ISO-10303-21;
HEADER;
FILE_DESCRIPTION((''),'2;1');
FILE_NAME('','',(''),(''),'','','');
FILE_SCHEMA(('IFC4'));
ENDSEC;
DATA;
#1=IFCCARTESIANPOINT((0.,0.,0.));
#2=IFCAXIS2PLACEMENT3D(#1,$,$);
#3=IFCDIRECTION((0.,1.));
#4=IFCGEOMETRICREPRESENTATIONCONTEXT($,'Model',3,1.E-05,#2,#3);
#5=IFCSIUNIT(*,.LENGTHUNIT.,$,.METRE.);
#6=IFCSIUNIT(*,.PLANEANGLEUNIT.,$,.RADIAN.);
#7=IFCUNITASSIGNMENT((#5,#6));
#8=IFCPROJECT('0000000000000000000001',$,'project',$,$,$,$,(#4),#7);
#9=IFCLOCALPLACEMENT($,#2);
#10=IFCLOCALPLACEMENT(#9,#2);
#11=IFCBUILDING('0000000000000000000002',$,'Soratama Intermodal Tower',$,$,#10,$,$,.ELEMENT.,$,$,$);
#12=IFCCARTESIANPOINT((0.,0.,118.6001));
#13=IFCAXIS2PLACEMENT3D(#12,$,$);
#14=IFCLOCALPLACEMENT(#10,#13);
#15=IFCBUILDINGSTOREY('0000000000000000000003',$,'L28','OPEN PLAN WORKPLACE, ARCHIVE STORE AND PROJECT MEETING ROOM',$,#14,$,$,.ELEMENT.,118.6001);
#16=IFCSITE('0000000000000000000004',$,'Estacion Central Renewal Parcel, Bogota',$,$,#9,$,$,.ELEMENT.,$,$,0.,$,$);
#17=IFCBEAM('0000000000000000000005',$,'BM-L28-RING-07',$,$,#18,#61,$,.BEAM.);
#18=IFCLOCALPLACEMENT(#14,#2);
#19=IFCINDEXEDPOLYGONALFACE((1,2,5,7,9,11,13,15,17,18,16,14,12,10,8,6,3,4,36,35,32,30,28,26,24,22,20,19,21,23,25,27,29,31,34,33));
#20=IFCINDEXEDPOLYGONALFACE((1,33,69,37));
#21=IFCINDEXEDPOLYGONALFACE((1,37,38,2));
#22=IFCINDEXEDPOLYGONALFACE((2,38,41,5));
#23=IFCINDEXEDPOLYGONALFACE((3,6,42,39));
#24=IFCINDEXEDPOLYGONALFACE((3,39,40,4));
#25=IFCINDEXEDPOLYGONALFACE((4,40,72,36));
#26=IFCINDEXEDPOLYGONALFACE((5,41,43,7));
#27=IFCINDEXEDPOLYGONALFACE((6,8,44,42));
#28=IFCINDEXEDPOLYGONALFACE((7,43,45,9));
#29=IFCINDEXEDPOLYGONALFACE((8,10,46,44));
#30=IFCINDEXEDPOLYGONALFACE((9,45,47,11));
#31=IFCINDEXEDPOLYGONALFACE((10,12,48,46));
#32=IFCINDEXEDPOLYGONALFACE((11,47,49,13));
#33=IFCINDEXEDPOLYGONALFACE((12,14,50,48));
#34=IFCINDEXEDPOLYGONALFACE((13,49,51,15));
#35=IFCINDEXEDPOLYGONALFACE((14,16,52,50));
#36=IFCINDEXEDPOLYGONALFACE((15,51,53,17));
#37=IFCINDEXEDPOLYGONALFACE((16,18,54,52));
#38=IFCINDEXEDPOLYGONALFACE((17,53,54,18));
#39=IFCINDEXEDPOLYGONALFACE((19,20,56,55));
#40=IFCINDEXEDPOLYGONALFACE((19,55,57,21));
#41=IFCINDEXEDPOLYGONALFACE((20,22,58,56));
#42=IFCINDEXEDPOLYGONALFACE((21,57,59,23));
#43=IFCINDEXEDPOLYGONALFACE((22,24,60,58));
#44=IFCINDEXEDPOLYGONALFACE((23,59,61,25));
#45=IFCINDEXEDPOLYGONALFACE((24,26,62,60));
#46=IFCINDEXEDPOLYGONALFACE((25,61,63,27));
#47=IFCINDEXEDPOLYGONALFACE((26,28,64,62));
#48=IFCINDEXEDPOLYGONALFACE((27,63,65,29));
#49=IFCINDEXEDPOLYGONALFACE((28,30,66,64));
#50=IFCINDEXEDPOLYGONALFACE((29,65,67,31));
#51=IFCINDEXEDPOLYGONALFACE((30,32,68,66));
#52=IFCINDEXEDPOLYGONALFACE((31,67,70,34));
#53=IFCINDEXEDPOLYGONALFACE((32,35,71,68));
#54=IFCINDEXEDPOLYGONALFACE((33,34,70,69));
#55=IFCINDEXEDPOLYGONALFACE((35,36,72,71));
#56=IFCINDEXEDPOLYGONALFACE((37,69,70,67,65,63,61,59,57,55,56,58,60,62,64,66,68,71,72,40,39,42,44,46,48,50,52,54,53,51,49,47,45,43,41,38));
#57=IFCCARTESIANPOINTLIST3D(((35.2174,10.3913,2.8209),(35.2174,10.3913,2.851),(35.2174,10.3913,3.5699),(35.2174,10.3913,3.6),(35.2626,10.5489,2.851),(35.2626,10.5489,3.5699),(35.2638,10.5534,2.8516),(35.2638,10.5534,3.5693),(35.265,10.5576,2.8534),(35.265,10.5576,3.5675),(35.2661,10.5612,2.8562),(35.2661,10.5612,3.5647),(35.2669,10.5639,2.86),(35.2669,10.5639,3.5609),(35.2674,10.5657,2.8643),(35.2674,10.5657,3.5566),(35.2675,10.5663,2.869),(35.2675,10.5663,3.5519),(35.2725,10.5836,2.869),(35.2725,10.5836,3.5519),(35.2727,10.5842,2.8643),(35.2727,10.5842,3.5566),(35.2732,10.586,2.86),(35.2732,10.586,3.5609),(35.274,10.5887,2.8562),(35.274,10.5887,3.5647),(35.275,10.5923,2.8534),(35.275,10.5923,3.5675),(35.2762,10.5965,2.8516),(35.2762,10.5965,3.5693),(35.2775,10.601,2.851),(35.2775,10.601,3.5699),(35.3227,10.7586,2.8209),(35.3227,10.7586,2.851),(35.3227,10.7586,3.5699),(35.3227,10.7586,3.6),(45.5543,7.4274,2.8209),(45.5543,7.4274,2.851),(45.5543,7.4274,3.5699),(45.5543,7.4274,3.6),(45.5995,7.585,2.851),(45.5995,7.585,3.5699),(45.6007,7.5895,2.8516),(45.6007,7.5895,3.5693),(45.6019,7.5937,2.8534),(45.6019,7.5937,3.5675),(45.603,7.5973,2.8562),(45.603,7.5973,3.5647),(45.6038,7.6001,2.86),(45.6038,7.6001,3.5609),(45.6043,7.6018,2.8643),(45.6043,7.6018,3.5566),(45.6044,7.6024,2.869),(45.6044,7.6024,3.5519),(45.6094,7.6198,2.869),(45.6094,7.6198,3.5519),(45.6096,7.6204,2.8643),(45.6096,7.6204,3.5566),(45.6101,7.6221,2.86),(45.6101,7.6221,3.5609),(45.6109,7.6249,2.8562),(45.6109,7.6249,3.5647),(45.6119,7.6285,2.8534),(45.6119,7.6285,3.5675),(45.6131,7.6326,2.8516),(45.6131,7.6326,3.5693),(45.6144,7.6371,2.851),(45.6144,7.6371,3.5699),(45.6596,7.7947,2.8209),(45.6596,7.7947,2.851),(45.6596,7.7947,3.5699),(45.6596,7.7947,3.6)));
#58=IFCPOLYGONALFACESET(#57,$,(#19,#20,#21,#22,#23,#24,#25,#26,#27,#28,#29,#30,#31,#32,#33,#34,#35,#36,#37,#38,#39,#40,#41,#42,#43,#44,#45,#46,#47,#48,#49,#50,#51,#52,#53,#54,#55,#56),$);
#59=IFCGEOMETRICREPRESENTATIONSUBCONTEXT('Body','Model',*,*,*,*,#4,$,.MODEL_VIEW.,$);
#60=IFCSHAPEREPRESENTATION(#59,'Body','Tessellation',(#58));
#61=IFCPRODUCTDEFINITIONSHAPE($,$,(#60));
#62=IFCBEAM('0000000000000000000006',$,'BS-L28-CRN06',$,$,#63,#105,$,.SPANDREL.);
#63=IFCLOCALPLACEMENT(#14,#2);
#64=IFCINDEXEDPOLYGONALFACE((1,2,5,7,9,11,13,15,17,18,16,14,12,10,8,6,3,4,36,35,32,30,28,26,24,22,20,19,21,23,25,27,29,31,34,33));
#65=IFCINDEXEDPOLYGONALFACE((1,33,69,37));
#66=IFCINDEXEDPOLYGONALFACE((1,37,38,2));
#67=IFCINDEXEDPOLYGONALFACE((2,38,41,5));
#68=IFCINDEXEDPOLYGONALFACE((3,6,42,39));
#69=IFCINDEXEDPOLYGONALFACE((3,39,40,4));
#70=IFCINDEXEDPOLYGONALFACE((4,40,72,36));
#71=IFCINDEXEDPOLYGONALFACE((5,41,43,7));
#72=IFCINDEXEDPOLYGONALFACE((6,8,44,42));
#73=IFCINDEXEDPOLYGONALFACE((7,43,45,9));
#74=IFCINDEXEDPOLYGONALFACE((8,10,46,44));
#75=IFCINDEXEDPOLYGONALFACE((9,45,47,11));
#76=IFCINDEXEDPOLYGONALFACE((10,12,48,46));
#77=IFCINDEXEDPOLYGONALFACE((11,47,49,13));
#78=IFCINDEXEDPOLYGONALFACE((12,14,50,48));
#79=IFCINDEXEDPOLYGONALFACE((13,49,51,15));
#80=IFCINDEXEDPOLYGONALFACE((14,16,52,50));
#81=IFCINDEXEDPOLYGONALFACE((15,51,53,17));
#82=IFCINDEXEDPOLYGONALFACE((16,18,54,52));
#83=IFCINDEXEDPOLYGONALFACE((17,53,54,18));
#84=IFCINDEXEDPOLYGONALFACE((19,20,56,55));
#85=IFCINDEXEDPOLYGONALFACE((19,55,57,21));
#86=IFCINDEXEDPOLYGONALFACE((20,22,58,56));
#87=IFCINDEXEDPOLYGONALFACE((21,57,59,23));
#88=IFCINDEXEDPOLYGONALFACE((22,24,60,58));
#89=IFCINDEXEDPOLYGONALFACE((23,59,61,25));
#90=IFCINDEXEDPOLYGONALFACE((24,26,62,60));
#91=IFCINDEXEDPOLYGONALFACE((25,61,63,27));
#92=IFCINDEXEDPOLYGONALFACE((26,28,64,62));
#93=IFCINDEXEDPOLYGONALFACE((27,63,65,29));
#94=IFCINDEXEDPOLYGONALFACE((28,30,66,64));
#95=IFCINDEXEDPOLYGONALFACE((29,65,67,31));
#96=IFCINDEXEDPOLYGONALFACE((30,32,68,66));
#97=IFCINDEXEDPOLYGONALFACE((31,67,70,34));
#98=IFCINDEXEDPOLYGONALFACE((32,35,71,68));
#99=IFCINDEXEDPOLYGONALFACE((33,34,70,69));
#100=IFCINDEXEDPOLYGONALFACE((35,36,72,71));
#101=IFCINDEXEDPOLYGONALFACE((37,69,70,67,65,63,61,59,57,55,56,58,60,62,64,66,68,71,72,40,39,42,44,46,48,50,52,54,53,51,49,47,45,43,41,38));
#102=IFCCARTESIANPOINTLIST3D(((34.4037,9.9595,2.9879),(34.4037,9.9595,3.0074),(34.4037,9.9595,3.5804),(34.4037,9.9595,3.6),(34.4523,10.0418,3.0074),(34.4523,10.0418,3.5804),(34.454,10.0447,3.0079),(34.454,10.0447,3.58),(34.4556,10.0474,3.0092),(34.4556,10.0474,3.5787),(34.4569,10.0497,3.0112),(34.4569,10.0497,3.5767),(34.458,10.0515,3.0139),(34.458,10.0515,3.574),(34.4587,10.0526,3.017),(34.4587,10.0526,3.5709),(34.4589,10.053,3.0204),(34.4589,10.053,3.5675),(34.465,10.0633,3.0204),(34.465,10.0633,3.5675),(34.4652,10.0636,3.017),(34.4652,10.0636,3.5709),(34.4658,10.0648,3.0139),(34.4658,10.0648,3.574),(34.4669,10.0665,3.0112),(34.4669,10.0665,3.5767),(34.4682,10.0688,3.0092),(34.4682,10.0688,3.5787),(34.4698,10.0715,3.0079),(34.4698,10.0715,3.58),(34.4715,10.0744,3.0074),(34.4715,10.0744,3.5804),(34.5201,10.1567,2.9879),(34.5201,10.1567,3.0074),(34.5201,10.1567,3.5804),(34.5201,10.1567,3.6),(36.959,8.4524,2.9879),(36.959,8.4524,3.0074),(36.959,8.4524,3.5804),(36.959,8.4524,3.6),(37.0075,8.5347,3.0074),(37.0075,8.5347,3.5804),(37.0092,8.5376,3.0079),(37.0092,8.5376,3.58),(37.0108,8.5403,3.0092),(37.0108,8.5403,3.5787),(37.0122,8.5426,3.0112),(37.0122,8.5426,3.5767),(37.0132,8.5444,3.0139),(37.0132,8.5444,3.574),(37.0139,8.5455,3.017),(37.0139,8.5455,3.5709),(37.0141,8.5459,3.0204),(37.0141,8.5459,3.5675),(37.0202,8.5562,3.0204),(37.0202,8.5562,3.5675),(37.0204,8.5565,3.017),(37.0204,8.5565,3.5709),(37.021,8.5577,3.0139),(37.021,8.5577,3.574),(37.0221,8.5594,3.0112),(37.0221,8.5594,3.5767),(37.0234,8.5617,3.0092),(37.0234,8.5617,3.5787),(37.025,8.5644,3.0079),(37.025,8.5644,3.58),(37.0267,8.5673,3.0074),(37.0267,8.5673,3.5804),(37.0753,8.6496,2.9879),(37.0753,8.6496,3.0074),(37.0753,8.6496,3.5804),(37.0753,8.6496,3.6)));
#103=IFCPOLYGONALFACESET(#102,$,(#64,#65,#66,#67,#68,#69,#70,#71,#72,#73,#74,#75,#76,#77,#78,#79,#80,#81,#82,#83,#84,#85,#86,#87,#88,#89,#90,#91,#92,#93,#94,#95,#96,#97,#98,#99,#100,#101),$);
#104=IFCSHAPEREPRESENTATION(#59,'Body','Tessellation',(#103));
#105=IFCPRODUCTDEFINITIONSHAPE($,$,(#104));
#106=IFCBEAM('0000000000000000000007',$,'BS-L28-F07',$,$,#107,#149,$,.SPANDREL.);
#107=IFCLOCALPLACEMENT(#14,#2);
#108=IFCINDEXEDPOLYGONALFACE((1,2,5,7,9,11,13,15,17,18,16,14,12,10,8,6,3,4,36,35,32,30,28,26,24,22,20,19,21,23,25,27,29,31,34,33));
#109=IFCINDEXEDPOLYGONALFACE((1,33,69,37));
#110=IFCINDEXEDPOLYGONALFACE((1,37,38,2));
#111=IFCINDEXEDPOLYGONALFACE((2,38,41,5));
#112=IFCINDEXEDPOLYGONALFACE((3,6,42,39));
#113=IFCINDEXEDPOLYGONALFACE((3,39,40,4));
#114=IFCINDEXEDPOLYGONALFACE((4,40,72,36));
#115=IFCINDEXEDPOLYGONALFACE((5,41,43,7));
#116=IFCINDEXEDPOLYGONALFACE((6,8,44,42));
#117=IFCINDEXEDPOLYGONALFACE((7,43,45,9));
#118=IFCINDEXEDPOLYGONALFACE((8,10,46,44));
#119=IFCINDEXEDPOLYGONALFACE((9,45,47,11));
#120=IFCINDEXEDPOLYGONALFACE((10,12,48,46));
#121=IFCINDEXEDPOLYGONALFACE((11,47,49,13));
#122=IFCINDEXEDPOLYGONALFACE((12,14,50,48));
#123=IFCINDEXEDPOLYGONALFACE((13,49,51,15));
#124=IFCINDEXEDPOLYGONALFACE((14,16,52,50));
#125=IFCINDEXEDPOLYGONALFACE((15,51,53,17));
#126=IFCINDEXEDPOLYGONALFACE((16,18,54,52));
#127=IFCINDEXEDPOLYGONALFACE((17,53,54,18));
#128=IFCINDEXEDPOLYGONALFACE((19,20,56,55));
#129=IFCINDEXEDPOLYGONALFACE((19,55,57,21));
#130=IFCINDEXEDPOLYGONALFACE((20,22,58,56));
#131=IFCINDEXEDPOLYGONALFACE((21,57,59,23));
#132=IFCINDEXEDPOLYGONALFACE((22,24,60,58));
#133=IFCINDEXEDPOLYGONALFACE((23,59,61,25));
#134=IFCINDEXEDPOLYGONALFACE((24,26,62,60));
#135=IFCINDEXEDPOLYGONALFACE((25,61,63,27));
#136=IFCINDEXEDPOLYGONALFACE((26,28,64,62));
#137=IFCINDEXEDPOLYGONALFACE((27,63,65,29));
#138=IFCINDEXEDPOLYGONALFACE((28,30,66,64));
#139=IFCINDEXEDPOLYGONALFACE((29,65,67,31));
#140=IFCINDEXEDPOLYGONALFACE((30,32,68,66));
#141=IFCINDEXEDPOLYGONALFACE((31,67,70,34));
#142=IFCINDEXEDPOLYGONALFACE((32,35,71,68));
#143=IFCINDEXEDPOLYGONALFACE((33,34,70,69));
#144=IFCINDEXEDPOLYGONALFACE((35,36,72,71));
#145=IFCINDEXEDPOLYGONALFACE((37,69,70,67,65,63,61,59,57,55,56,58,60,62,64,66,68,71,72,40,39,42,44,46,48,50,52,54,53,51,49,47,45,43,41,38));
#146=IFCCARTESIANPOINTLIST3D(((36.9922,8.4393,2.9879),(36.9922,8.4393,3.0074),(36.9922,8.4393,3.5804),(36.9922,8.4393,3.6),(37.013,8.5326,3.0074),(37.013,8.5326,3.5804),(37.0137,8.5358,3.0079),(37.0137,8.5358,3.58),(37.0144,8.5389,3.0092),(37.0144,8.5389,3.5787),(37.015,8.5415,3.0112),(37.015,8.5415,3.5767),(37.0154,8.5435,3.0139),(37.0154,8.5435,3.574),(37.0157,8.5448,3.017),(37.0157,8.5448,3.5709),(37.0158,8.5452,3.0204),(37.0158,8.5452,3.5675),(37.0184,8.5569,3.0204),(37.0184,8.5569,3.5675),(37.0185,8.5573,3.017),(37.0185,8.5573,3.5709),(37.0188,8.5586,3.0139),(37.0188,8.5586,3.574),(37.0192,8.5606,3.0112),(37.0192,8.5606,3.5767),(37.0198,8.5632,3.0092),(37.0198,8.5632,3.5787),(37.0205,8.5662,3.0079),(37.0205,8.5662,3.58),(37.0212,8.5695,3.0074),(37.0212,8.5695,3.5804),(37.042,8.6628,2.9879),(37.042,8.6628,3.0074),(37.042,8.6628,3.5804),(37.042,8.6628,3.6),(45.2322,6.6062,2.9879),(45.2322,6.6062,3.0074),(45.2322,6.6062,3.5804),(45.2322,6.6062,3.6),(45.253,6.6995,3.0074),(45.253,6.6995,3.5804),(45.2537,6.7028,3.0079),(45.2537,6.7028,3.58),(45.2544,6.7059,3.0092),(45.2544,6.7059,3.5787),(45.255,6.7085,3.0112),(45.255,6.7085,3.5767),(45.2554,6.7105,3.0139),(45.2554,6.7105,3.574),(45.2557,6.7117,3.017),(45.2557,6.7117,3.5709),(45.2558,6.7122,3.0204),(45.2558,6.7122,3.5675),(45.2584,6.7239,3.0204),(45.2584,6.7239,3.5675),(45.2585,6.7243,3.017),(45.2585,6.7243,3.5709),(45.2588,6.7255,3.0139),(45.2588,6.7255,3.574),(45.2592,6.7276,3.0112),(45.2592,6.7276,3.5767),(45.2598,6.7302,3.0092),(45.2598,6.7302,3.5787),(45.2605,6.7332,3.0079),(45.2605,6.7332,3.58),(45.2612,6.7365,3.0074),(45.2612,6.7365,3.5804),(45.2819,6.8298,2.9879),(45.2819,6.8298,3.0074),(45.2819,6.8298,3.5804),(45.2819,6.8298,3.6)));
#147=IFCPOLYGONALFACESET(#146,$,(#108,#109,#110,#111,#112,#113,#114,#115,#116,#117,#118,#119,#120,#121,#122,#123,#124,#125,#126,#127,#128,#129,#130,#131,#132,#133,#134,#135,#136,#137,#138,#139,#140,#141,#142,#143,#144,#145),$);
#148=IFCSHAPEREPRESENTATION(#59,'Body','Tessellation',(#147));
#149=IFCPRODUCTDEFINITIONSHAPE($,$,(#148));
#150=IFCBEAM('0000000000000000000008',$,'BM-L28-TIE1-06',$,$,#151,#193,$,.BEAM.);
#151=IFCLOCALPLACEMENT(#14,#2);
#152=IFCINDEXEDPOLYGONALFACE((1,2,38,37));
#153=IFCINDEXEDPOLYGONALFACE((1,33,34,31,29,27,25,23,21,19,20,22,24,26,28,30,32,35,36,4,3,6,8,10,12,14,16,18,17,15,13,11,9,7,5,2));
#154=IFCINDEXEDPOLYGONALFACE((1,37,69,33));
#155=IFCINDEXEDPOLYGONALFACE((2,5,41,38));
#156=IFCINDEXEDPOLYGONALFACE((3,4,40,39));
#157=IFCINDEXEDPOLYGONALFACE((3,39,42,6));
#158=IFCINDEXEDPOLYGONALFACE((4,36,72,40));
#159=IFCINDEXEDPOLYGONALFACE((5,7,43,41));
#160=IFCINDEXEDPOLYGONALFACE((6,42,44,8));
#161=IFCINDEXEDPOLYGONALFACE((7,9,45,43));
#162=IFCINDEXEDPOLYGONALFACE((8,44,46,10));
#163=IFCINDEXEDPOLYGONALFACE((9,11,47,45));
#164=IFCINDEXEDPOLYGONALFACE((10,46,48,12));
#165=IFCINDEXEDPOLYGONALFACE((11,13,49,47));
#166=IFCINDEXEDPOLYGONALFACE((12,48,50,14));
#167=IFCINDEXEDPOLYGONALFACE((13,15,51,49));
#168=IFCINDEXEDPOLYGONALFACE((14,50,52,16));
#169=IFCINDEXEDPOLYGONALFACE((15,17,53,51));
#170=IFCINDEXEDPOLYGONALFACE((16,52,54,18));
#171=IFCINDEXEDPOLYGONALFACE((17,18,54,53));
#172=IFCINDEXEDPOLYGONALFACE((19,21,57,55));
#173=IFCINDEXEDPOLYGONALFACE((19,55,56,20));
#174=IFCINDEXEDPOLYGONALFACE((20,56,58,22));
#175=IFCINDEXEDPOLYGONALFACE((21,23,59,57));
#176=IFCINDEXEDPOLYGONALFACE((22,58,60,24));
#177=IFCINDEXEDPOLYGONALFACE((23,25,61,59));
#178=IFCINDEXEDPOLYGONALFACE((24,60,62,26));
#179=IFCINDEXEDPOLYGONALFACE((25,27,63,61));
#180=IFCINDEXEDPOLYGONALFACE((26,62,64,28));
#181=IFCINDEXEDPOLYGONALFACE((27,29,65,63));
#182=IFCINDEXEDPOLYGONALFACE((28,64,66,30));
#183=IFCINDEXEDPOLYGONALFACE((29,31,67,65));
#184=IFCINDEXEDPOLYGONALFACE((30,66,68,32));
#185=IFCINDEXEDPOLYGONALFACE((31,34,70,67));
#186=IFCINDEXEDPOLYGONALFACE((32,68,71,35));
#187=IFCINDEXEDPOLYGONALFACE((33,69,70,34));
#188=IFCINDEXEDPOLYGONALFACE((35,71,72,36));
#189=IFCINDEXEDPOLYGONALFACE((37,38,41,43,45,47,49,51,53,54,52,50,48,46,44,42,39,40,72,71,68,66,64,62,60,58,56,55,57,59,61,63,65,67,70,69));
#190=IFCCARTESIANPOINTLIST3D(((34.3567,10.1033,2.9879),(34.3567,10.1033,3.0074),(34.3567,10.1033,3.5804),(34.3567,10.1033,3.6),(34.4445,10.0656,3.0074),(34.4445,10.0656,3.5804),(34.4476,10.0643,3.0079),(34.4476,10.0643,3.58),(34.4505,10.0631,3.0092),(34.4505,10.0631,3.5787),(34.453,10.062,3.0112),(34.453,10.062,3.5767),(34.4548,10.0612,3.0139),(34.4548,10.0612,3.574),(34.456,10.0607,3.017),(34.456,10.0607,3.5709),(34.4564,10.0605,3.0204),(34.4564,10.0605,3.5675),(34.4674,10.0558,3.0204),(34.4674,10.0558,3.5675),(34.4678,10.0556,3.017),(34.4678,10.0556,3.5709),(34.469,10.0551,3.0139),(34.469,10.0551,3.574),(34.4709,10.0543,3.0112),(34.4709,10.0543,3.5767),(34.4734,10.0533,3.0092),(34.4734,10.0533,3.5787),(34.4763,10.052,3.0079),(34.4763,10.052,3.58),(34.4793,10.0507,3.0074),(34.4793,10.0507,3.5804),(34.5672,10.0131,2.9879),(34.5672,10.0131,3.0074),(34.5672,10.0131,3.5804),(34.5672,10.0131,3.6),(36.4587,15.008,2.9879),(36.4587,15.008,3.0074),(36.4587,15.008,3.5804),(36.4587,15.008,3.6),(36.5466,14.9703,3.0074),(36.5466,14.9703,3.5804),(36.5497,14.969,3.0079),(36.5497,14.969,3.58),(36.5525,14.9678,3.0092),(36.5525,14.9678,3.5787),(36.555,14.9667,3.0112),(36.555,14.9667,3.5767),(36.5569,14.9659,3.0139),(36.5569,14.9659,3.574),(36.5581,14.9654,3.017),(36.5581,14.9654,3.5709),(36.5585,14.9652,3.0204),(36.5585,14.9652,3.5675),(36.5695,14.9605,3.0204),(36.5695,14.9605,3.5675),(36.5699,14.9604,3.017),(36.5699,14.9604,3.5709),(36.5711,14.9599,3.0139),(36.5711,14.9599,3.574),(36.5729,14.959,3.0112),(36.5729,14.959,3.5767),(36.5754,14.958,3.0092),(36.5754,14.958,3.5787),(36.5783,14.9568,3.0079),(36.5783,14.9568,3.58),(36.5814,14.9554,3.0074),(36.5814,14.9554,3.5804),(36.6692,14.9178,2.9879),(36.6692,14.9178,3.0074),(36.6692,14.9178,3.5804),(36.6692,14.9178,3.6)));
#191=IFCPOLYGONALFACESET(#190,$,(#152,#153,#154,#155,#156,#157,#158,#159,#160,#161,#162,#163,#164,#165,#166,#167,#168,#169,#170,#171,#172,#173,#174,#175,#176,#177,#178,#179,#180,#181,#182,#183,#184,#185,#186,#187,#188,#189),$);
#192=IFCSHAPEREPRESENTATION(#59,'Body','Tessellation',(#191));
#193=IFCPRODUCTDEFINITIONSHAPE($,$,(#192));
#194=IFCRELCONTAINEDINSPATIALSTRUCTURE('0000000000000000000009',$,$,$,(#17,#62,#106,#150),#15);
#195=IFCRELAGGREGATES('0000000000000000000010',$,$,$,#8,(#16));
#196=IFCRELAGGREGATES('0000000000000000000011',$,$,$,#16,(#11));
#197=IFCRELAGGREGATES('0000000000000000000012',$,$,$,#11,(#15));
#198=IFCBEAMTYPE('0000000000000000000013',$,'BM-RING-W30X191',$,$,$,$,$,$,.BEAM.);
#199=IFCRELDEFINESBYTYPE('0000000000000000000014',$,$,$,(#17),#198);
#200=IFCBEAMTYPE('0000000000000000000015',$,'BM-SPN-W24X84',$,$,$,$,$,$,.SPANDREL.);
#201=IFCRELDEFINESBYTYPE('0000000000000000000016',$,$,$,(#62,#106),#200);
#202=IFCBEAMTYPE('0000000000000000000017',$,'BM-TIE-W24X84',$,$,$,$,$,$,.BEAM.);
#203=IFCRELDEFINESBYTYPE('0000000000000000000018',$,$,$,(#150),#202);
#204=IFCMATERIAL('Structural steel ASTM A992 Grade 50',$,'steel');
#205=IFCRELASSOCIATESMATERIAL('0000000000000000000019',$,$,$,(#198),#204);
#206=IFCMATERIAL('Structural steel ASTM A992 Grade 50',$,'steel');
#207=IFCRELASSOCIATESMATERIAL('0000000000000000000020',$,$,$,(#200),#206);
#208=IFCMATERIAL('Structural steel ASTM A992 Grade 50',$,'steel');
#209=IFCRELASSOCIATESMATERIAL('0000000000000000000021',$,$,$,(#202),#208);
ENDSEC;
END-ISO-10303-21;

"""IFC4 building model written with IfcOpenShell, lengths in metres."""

from ifc_helpers import new_model, si_unit, direction, frame, origin, origin_2d, place, context, subcontext, project, spatial, i_section, extrude, material, material_profile, profile_set, type_object, element, save


model = new_model("IFC4")

# Units and contexts
model_context = context("Model", 3, precision=1e-05, world=origin(), true_north=direction((0.0, 1.0)))
body_context = subcontext(model_context, "Body", "Model", "MODEL_VIEW")
ifc_project = project(units=[si_unit("LENGTHUNIT", "METRE"), si_unit("PLANEANGLEUNIT", "RADIAN")], contexts=[model_context])

# Site, building, storey
site_placement = place(None, origin())
site = spatial("IfcSite", under=ifc_project, at=site_placement, Name="Estacion Central Renewal Parcel, Bogota", CompositionType="ELEMENT", RefElevation=0.0)
building_placement = place(site_placement, origin())
building = spatial("IfcBuilding", under=site, at=building_placement, Name="Soratama Intermodal Tower", CompositionType="ELEMENT")
storey_placement = place(building_placement, frame((0.0, 0.0, 118.6001)))
storey = spatial("IfcBuildingStorey", under=building, at=storey_placement, Name="L28", Description="OPEN PLAN WORKPLACE, ARCHIVE STORE AND PROJECT MEETING ROOM", CompositionType="ELEMENT", Elevation=118.6001)

# Beams
ifc_material_1 = material(Name="Structural steel ASTM A992 Grade 50", Category="steel")
ifc_material_profile_1 = material_profile(ifc_material_1, i_section(OverallWidth=0.3821, OverallDepth=0.7791, WebThickness=0.0181, FlangeThickness=0.03, FilletRadius=0.0181, at=origin_2d()), Name="W30X191")
ifc_profile_set_1 = profile_set([ifc_material_profile_1], Name="Structural steel ASTM A992 Grade 50")
beam_type_1 = type_object("IfcBeamType", Name="BM-RING-W30X191", PredefinedType="BEAM", material=ifc_profile_set_1)
beam_1_placement = place(storey_placement, frame((35.27, 10.575, 3.2104), z_axis=(0.961267, -0.275621, 0.0), x_axis=(0.275621, 0.961267, 0.0)))
element("IfcBeam", 1, at=beam_1_placement, inside=storey, type_object=beam_type_1, Name="BM-L28-RING-07", PredefinedType="BEAM", context=body_context, shape_type="SweptSolid", body=[
    extrude(i_section(OverallWidth=0.3821, OverallDepth=0.7791, WebThickness=0.0181, FlangeThickness=0.03, FilletRadius=0.0181, at=origin_2d()), origin(), (0.0, 0.0, 1.0), 10.7534),
])
ifc_material_2 = material(Name="Structural steel ASTM A992 Grade 50", Category="steel")
ifc_material_profile_2 = material_profile(ifc_material_2, i_section(OverallWidth=0.229, OverallDepth=0.6121, WebThickness=0.012, FlangeThickness=0.0195, FilletRadius=0.0129, at=origin_2d()), Name="W24X84")
ifc_profile_set_2 = profile_set([ifc_material_profile_2], Name="Structural steel ASTM A992 Grade 50")
beam_type_2 = type_object("IfcBeamType", Name="BM-SPN-W24X84", PredefinedType="SPANDREL", material=ifc_profile_set_2)
beam_2_placement = place(storey_placement, frame((34.4619, 10.0581, 3.2939), z_axis=(0.861339, -0.50803, 0.0), x_axis=(0.50803, 0.861339, 0.0)))
element("IfcBeam", 2, at=beam_2_placement, inside=storey, type_object=beam_type_2, Name="BS-L28-CRN06", PredefinedType="SPANDREL", context=body_context, shape_type="SweptSolid", body=[
    extrude(i_section(OverallWidth=0.229, OverallDepth=0.6121, WebThickness=0.012, FlangeThickness=0.0195, FilletRadius=0.0129, at=origin_2d()), origin(), (0.0, 0.0, 1.0), 2.9666),
])
beam_3_placement = place(storey_placement, frame((37.0171, 8.551, 3.2939), z_axis=(0.976139, -0.217145, 0.0), x_axis=(0.217145, 0.976139, 0.0)))
element("IfcBeam", 3, at=beam_3_placement, inside=storey, type_object=beam_type_2, Name="BS-L28-F07", PredefinedType="SPANDREL", context=body_context, shape_type="SweptSolid", body=[
    extrude(i_section(OverallWidth=0.229, OverallDepth=0.6121, WebThickness=0.012, FlangeThickness=0.0195, FilletRadius=0.0129, at=origin_2d()), origin(), (0.0, 0.0, 1.0), 8.4414),
])
ifc_material_3 = material(Name="Structural steel ASTM A992 Grade 50", Category="steel")
ifc_material_profile_3 = material_profile(ifc_material_3, i_section(OverallWidth=0.229, OverallDepth=0.6121, WebThickness=0.012, FlangeThickness=0.0195, FilletRadius=0.0129, at=origin_2d()), Name="W24X84")
ifc_profile_set_3 = profile_set([ifc_material_profile_3], Name="Structural steel ASTM A992 Grade 50")
beam_type_3 = type_object("IfcBeamType", Name="BM-TIE-W24X84", PredefinedType="BEAM", material=ifc_profile_set_3)
beam_4_placement = place(storey_placement, frame((36.564, 14.9629, 3.2939), z_axis=(-0.393919, -0.919145, 0.0), x_axis=(0.919145, -0.393919, 0.0)))
element("IfcBeam", 4, at=beam_4_placement, inside=storey, type_object=beam_type_3, Name="BM-L28-TIE1-06", PredefinedType="BEAM", context=body_context, shape_type="SweptSolid", body=[
    extrude(i_section(OverallWidth=0.229, OverallDepth=0.6121, WebThickness=0.012, FlangeThickness=0.0195, FilletRadius=0.0129, at=origin_2d()), origin(), (0.0, 0.0, 1.0), 5.3362),
])

save(model, "model.ifc")
